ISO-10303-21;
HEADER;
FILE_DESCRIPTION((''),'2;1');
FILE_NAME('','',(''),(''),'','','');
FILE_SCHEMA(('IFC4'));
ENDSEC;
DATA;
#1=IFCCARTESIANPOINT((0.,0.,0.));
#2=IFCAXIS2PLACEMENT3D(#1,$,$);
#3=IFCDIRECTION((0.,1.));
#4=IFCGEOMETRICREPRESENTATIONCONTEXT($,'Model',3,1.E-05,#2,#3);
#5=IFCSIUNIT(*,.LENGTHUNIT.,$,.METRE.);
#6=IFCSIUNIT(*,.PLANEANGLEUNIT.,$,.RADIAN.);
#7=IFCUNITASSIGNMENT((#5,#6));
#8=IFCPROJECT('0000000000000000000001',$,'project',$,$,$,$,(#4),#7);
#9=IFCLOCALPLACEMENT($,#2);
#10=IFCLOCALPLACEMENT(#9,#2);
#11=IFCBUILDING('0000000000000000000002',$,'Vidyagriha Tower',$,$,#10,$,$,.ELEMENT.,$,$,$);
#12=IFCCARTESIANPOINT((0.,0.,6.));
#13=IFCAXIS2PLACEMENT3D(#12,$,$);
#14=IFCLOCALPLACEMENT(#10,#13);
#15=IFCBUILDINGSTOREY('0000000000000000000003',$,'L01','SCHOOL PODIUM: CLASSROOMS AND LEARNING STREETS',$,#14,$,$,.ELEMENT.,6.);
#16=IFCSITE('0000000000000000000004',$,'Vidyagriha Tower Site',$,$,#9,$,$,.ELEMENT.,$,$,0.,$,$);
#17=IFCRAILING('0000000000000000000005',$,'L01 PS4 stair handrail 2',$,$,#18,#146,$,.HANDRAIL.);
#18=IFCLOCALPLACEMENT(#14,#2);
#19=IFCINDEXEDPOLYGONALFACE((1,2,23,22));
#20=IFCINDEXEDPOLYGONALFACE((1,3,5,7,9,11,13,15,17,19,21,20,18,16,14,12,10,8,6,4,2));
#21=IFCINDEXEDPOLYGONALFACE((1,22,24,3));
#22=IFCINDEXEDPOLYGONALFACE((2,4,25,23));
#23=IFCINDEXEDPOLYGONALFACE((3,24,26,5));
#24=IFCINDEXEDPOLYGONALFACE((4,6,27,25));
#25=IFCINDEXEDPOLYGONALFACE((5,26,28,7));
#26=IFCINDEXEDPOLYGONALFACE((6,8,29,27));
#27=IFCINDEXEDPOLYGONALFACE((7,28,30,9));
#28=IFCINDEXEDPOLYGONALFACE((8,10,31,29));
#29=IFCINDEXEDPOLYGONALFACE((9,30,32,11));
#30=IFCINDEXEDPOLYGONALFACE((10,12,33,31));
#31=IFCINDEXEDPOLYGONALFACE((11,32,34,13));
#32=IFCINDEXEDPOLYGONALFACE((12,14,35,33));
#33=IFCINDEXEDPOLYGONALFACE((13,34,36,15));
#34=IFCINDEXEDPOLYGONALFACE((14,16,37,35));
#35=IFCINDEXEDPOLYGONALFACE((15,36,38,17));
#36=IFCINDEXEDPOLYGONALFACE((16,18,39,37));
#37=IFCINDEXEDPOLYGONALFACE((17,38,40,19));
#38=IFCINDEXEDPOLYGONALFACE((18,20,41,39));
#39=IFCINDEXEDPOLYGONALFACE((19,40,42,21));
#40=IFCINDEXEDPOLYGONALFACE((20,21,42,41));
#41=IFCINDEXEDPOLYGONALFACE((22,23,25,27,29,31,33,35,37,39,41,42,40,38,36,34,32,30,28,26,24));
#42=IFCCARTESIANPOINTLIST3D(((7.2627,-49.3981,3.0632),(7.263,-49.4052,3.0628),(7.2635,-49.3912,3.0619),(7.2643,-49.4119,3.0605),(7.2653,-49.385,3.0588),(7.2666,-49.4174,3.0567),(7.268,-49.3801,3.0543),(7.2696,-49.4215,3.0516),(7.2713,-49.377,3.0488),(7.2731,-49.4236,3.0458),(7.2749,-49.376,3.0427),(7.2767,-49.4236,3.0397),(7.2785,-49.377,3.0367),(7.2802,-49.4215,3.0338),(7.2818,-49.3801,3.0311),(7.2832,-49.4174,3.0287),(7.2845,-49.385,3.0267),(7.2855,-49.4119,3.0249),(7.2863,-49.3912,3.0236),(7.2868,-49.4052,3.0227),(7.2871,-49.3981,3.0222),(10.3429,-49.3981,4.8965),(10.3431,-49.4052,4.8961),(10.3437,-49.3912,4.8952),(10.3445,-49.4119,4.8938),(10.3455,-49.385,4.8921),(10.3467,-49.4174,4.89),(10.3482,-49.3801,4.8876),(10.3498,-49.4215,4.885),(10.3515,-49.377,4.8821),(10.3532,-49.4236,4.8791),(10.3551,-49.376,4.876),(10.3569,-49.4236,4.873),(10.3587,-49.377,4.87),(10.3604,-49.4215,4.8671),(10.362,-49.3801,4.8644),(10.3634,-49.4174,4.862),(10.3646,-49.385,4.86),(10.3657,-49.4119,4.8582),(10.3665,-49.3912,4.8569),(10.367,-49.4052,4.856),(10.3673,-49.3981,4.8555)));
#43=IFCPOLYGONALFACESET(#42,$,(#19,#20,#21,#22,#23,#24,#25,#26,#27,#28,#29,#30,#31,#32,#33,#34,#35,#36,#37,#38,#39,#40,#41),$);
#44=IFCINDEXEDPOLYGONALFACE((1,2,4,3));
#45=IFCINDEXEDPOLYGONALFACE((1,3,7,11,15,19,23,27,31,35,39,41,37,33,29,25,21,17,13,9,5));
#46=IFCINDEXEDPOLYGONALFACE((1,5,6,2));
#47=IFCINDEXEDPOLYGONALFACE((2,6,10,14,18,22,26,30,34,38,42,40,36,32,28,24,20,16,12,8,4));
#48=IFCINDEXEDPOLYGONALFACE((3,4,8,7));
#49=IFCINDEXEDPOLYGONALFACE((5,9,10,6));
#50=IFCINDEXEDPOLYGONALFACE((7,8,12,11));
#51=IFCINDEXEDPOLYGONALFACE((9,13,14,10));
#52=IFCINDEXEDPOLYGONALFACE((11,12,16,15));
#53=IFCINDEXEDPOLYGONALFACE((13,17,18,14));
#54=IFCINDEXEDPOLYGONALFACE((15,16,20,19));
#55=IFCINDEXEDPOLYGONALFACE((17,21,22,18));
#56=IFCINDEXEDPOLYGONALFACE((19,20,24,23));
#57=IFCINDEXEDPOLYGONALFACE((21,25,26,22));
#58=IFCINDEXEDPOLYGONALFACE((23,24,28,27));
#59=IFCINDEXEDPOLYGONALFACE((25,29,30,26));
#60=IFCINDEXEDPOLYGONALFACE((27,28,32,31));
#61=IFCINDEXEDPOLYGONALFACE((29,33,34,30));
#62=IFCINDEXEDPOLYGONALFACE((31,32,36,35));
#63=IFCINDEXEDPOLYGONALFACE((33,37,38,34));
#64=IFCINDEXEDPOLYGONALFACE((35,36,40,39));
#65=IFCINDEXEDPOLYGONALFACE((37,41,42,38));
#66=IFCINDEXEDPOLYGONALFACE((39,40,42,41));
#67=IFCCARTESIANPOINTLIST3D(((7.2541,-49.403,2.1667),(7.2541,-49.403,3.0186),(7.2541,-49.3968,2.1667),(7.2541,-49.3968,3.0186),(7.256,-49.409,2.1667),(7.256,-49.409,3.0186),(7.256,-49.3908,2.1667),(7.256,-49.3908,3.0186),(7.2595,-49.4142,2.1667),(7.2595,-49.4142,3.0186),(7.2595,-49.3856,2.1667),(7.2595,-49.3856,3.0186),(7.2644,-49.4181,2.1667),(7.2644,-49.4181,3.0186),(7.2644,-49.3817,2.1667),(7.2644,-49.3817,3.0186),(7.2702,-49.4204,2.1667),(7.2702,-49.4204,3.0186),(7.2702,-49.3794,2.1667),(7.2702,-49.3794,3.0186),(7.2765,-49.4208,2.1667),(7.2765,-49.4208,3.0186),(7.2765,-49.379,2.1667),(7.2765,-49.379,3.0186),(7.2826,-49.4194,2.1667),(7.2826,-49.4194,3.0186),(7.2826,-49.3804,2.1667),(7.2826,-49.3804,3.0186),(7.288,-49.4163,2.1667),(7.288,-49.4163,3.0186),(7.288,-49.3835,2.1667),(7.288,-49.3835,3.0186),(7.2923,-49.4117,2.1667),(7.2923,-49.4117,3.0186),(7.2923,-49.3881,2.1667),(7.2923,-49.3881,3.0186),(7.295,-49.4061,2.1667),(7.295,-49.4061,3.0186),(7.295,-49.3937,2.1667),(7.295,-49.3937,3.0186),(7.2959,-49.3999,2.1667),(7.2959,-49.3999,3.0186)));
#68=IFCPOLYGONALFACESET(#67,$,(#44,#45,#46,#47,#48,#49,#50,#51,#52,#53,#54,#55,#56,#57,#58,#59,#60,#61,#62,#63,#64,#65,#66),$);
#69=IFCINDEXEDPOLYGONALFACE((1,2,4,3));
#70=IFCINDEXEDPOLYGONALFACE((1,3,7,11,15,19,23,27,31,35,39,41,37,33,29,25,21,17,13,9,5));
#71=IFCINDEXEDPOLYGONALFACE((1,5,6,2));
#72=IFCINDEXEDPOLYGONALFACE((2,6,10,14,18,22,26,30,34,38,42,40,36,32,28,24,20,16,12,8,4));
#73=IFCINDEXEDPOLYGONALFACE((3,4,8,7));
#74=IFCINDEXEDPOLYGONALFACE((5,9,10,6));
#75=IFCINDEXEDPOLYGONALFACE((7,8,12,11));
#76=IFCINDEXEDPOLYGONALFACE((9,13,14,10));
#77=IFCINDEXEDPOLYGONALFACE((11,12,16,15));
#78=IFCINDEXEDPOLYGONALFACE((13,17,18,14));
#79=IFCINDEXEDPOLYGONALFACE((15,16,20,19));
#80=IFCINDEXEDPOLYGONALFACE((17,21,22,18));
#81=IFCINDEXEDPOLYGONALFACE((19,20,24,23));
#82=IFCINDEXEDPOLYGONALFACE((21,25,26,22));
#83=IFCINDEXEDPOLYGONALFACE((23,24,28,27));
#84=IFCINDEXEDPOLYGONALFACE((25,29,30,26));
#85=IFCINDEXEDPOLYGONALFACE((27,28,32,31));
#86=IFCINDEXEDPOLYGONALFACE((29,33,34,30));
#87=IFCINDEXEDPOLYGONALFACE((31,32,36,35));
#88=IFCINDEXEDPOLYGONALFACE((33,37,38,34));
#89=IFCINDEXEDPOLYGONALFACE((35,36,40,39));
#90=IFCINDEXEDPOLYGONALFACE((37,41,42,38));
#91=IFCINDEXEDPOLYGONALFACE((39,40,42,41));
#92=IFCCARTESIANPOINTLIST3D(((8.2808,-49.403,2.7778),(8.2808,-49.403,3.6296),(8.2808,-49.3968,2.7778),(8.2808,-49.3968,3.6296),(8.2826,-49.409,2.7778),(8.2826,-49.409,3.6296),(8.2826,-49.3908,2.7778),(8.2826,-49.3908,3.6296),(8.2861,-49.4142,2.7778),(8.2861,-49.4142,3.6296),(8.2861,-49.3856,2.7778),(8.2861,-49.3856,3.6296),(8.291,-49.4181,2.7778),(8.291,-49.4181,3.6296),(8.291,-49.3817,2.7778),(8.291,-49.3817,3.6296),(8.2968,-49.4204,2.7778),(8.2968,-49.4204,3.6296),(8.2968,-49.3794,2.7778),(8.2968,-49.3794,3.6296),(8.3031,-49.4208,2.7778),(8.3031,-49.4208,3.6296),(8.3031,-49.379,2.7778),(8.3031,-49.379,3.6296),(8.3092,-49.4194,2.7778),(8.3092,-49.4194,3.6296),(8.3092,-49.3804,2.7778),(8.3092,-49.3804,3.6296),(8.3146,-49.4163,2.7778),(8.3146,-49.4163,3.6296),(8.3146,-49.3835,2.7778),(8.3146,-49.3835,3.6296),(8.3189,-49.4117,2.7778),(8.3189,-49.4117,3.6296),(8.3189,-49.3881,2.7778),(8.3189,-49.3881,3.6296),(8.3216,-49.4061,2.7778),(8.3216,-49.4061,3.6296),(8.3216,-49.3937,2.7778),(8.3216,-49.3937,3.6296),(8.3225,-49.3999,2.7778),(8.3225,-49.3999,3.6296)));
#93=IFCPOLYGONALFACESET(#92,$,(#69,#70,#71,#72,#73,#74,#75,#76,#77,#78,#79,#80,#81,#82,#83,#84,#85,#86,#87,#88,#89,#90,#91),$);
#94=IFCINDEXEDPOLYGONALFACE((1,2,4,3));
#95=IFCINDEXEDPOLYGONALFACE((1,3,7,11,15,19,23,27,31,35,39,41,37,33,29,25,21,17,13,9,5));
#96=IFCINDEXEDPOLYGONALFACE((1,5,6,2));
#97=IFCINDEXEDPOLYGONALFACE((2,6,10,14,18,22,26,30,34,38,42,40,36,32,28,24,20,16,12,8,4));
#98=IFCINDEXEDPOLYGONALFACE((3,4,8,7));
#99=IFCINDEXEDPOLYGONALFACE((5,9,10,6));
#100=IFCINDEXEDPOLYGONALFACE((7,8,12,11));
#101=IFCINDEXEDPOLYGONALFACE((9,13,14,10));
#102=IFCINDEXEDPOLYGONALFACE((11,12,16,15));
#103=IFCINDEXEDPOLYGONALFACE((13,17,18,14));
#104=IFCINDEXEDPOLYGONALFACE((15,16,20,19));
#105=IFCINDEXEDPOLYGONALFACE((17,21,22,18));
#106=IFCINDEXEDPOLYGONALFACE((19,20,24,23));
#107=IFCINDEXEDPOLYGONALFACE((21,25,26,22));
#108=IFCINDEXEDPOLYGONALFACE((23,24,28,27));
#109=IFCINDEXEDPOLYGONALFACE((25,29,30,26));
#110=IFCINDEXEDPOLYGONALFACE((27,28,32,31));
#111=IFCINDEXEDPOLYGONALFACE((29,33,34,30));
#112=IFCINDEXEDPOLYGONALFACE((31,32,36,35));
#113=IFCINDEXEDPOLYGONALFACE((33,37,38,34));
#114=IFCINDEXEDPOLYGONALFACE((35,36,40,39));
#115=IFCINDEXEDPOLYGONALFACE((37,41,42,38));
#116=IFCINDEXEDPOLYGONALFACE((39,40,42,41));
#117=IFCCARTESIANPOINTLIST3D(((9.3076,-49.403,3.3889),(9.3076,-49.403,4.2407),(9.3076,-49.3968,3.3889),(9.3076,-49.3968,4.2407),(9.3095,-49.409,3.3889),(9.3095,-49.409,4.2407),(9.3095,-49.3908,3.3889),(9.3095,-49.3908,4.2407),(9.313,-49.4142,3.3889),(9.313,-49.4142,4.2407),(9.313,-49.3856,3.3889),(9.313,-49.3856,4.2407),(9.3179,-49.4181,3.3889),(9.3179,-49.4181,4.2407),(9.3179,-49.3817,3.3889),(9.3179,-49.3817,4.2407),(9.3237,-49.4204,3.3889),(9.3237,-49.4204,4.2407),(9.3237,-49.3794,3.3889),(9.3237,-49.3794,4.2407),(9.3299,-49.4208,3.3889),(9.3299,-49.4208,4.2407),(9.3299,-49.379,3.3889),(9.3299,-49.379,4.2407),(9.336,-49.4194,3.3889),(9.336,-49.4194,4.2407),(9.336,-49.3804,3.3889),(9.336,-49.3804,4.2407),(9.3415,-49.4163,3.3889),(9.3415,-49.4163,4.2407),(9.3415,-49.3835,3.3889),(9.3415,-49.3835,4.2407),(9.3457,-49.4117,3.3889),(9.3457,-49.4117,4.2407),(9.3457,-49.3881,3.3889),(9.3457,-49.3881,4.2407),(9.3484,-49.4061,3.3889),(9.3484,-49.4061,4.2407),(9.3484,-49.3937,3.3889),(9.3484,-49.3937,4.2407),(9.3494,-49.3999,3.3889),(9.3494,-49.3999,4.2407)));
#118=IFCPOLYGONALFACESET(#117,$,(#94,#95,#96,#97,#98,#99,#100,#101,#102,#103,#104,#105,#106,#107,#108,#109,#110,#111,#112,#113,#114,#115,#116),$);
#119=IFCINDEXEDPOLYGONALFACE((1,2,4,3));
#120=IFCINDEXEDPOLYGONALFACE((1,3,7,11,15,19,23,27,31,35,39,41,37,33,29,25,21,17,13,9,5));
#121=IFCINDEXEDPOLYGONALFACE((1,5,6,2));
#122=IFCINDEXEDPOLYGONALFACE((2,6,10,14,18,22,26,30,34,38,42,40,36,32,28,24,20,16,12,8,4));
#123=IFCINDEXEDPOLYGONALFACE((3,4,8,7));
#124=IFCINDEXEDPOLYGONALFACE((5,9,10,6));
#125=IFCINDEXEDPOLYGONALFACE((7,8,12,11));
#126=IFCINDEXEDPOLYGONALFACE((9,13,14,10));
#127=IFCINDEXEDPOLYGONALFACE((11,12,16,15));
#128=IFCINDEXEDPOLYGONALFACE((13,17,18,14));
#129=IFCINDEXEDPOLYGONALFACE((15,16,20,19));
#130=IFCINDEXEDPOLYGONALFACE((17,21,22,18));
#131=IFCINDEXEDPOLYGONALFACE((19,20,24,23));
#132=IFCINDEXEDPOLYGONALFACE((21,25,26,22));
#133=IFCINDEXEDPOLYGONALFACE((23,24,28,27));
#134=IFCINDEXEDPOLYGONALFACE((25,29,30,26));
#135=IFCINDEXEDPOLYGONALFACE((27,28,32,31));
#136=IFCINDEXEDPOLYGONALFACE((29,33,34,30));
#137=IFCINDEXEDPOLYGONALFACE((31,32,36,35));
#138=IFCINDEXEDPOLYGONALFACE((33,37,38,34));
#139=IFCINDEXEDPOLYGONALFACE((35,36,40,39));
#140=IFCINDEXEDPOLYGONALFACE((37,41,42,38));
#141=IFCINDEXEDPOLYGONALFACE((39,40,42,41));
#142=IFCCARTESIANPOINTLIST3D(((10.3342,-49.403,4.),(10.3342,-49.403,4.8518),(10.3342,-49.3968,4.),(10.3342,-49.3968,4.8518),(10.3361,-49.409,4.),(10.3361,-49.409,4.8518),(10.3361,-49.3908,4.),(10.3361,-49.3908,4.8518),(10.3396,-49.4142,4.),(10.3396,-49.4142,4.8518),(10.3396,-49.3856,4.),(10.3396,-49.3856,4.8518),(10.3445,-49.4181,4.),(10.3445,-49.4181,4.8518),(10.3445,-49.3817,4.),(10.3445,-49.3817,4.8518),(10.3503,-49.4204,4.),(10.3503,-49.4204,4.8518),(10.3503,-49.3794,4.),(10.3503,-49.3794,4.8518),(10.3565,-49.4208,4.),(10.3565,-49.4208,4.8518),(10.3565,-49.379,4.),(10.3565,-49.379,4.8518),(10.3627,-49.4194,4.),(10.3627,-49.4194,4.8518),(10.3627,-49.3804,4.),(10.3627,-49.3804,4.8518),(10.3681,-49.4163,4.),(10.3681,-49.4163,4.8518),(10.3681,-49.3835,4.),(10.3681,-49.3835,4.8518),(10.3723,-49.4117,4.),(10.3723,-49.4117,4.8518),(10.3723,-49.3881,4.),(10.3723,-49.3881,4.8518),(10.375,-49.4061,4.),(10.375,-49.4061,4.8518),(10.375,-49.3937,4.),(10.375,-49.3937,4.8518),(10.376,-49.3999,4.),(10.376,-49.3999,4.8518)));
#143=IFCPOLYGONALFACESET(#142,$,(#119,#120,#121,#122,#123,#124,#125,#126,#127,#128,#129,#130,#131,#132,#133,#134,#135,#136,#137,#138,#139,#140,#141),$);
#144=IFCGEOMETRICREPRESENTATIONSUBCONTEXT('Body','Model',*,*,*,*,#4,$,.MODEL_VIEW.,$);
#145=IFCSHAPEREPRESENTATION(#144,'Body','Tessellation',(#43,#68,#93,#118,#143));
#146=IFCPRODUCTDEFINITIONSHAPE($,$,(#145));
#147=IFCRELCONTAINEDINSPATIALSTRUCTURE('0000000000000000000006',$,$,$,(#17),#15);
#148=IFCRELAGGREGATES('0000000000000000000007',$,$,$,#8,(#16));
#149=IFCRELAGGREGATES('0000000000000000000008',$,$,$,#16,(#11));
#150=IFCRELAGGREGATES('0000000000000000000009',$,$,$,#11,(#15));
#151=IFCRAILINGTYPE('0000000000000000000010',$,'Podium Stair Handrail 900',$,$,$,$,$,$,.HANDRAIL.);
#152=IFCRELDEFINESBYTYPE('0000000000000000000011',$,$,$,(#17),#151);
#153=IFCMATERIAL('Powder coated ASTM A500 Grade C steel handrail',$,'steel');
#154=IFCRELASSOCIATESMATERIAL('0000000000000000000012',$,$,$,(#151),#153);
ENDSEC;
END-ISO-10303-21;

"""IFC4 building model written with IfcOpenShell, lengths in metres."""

from ifc_helpers import new_model, si_unit, direction, frame, origin, origin_2d, place, context, subcontext, project, spatial, circle, extrude, material, type_object, element, save


model = new_model("IFC4")

# Units and contexts
model_context = context("Model", 3, precision=1e-05, world=origin(), true_north=direction((0.0, 1.0)))
body_context = subcontext(model_context, "Body", "Model", "MODEL_VIEW")
ifc_project = project(units=[si_unit("LENGTHUNIT", "METRE"), si_unit("PLANEANGLEUNIT", "RADIAN")], contexts=[model_context])

# Site, building, storey
site_placement = place(None, origin())
site = spatial("IfcSite", under=ifc_project, at=site_placement, Name="Vidyagriha Tower Site", CompositionType="ELEMENT", RefElevation=0.0)
building_placement = place(site_placement, origin())
building = spatial("IfcBuilding", under=site, at=building_placement, Name="Vidyagriha Tower", CompositionType="ELEMENT")
storey_placement = place(building_placement, frame((0.0, 0.0, 6.0)))
storey = spatial("IfcBuildingStorey", under=building, at=storey_placement, Name="L01", Description="SCHOOL PODIUM: CLASSROOMS AND LEARNING STREETS", CompositionType="ELEMENT", Elevation=6.0)

# Railing
ifc_material_1 = material(Name="Powder coated ASTM A500 Grade C steel handrail", Category="steel")
railing_type_1 = type_object("IfcRailingType", Name="Podium Stair Handrail 900", PredefinedType="HANDRAIL", material=ifc_material_1)
railing_1_placement = place(storey_placement, frame((7.2749, -49.3999, 2.1667)))
element("IfcRailing", 1, at=railing_1_placement, inside=storey, type_object=railing_type_1, Name="L01 PS4 stair handrail 2", PredefinedType="HANDRAIL", context=body_context, shape_type="SweptSolid", body=[
    extrude(circle(Radius=0.0239, at=origin_2d()), frame((0.0, 0.0, 0.876), z_axis=(0.859309, 0.0, 0.511458), x_axis=(0.0, 1.0, 0.0)), (0.0, 0.0, 1.0), 3.5845),
    extrude(circle(Radius=0.021, at=origin_2d()), origin(), (0.0, 0.0, 1.0), 0.8518),
    extrude(circle(Radius=0.021, at=origin_2d()), frame((1.0266, 0.0, 0.6111)), (0.0, 0.0, 1.0), 0.8518),
    extrude(circle(Radius=0.021, at=origin_2d()), frame((2.0535, 0.0, 1.2222)), (0.0, 0.0, 1.0), 0.8518),
    extrude(circle(Radius=0.021, at=origin_2d()), frame((3.0801, 0.0, 1.8333)), (0.0, 0.0, 1.0), 0.8518),
])

save(model, "model.ifc")
